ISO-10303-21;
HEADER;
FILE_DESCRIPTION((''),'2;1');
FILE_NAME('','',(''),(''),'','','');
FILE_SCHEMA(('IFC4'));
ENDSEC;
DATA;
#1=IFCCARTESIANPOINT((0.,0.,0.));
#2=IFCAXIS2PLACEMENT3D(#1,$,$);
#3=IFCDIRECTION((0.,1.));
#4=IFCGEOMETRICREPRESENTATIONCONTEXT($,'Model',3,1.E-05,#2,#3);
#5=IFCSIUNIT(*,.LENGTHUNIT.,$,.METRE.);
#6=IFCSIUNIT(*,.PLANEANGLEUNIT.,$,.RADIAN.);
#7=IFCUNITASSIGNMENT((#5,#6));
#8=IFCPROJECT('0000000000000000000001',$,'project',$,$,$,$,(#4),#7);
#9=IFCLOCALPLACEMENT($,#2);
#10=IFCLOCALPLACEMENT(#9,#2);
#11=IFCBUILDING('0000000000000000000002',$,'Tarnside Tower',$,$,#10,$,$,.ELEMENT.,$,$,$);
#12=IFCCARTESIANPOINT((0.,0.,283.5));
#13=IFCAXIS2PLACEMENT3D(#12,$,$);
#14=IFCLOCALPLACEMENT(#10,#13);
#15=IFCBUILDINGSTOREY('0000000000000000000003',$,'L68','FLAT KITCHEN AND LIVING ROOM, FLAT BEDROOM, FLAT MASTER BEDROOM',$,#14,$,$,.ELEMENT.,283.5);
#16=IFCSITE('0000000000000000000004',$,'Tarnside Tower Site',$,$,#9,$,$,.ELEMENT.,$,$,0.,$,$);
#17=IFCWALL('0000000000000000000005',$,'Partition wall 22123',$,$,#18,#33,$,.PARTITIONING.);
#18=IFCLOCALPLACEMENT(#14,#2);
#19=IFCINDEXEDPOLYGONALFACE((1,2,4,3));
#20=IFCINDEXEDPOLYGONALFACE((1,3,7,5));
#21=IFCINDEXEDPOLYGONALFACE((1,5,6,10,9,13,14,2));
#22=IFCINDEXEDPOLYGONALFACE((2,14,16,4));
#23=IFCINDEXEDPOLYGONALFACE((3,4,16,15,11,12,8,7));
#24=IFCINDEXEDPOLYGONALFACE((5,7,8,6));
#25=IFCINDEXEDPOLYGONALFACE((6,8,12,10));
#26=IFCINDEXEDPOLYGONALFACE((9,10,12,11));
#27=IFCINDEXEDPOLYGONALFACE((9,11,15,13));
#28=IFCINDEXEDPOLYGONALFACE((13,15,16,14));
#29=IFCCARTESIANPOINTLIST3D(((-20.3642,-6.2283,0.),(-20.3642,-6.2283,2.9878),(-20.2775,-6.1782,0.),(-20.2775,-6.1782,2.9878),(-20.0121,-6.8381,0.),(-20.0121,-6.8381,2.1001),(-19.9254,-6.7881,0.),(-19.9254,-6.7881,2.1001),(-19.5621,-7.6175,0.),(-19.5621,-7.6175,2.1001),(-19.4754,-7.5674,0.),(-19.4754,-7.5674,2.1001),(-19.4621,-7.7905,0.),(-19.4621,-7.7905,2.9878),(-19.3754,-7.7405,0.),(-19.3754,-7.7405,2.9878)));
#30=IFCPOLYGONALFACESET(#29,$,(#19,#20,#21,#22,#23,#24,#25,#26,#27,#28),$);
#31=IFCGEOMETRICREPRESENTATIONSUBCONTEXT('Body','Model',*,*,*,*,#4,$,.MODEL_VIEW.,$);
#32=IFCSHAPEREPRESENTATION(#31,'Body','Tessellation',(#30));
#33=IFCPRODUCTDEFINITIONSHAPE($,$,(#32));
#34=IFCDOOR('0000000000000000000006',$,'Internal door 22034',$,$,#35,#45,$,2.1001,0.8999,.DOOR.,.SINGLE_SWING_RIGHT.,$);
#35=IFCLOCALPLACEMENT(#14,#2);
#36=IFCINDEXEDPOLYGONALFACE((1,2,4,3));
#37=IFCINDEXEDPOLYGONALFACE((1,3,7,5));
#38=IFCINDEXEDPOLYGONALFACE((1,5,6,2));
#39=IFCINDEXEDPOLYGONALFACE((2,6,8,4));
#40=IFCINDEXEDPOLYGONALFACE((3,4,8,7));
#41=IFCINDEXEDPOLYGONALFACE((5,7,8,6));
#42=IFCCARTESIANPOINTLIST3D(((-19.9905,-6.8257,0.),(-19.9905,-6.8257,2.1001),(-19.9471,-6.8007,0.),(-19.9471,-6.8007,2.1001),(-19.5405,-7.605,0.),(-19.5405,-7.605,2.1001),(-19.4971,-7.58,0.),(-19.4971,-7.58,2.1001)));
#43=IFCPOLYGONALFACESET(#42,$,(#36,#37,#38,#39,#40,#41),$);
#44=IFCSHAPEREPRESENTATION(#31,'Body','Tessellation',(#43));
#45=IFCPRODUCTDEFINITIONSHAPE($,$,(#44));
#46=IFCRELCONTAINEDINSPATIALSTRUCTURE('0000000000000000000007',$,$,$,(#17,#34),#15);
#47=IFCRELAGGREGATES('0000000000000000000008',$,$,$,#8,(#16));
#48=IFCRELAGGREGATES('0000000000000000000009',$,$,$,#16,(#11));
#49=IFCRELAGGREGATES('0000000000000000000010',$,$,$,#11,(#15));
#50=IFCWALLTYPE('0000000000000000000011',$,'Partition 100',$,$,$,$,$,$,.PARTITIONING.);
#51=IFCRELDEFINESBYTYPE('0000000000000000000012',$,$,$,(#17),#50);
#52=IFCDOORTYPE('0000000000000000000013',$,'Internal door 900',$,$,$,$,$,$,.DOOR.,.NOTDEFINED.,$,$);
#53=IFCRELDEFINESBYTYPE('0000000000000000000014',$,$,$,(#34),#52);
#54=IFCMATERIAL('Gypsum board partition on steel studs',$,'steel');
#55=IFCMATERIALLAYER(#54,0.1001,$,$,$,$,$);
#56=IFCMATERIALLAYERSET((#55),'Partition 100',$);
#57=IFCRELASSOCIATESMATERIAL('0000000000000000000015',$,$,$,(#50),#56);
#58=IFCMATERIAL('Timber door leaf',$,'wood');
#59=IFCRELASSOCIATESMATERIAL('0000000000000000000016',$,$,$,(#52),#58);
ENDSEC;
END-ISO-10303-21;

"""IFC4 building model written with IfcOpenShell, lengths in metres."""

from ifc_helpers import new_model, si_unit, direction, frame, frame_2d, origin, place, context, subcontext, project, spatial, rectangle, extrude, material, layer, layer_set, type_object, element, fill, save


model = new_model("IFC4")

# Units and contexts
model_context = context("Model", 3, precision=1e-05, world=origin(), true_north=direction((0.0, 1.0)))
body_context = subcontext(model_context, "Body", "Model", "MODEL_VIEW")
ifc_project = project(units=[si_unit("LENGTHUNIT", "METRE"), si_unit("PLANEANGLEUNIT", "RADIAN")], contexts=[model_context])

# Site, building, storey
site_placement = place(None, origin())
site = spatial("IfcSite", under=ifc_project, at=site_placement, Name="Tarnside Tower Site", CompositionType="ELEMENT", RefElevation=0.0)
building_placement = place(site_placement, origin())
building = spatial("IfcBuilding", under=site, at=building_placement, Name="Tarnside Tower", CompositionType="ELEMENT")
storey_placement = place(building_placement, frame((0.0, 0.0, 283.5)))
storey = spatial("IfcBuildingStorey", under=building, at=storey_placement, Name="L68", Description="FLAT KITCHEN AND LIVING ROOM, FLAT BEDROOM, FLAT MASTER BEDROOM", CompositionType="ELEMENT", Elevation=283.5)

# Shared definitions
ifc_material_1 = material(Name="Gypsum board partition on steel studs", Category="steel")
ifc_material_2 = material(Name="Timber door leaf", Category="wood")

# Wall, opening, door
ifc_layer_1 = layer(ifc_material_1, 0.1001)
ifc_layer_set_1 = layer_set([ifc_layer_1], Name="Partition 100")
wall_type_1 = type_object("IfcWallType", Name="Partition 100", PredefinedType="PARTITIONING", material=ifc_layer_set_1)
wall_1_placement = place(storey_placement, frame((-20.3208, -6.2034, 0.0), z_axis=(0.0, 0.0, 1.0), x_axis=(0.500054, -0.865994, 0.0)))
wall_1 = element("IfcWall", 1, at=wall_1_placement, inside=storey, type_object=wall_type_1, Name="Partition wall 22123", PredefinedType="PARTITIONING", context=body_context, shape_type="SweptSolid", body=[
    extrude(rectangle(XDim=1.804, YDim=0.1001, at=frame_2d((0.9019, 0.0))), origin(), (0.0, 0.0, 1.0), 2.9878),
])
opening_1_placement = place(wall_1_placement, frame((0.7041, 0.0, 0.0)))
opening_1 = element("IfcOpeningElement", 2, at=opening_1_placement, cuts=wall_1, PredefinedType="OPENING", context=body_context, shape_type="SweptSolid", body=[
    extrude(rectangle(XDim=0.8999, YDim=2.1001, at=frame_2d((0.45, 1.05))), frame((0.0, 0.0601, 0.0), z_axis=(0.0, -1.0, 0.0), x_axis=(1.0, 0.0, 0.0)), (0.0, 0.0, 1.0), 0.1201),
])
door_type_1 = type_object("IfcDoorType", Name="Internal door 900", OperationType="NOTDEFINED", PredefinedType="DOOR", material=ifc_material_2)
door_1_placement = place(opening_1_placement, origin())
door_1 = element("IfcDoor", 3, at=door_1_placement, inside=storey, type_object=door_type_1, Name="Internal door 22034", OperationType="SINGLE_SWING_RIGHT", OverallHeight=2.1001, OverallWidth=0.8999, PredefinedType="DOOR", context=body_context, shape_type="SweptSolid", body=[
    extrude(rectangle(XDim=0.8999, YDim=2.1001, at=frame_2d((0.45, 1.05))), frame((0.0, 0.0249, 0.0), z_axis=(0.0, -1.0, 0.0), x_axis=(1.0, 0.0, 0.0)), (0.0, 0.0, 1.0), 0.05),
])
fill(opening_1, door_1)

save(model, "model.ifc")
